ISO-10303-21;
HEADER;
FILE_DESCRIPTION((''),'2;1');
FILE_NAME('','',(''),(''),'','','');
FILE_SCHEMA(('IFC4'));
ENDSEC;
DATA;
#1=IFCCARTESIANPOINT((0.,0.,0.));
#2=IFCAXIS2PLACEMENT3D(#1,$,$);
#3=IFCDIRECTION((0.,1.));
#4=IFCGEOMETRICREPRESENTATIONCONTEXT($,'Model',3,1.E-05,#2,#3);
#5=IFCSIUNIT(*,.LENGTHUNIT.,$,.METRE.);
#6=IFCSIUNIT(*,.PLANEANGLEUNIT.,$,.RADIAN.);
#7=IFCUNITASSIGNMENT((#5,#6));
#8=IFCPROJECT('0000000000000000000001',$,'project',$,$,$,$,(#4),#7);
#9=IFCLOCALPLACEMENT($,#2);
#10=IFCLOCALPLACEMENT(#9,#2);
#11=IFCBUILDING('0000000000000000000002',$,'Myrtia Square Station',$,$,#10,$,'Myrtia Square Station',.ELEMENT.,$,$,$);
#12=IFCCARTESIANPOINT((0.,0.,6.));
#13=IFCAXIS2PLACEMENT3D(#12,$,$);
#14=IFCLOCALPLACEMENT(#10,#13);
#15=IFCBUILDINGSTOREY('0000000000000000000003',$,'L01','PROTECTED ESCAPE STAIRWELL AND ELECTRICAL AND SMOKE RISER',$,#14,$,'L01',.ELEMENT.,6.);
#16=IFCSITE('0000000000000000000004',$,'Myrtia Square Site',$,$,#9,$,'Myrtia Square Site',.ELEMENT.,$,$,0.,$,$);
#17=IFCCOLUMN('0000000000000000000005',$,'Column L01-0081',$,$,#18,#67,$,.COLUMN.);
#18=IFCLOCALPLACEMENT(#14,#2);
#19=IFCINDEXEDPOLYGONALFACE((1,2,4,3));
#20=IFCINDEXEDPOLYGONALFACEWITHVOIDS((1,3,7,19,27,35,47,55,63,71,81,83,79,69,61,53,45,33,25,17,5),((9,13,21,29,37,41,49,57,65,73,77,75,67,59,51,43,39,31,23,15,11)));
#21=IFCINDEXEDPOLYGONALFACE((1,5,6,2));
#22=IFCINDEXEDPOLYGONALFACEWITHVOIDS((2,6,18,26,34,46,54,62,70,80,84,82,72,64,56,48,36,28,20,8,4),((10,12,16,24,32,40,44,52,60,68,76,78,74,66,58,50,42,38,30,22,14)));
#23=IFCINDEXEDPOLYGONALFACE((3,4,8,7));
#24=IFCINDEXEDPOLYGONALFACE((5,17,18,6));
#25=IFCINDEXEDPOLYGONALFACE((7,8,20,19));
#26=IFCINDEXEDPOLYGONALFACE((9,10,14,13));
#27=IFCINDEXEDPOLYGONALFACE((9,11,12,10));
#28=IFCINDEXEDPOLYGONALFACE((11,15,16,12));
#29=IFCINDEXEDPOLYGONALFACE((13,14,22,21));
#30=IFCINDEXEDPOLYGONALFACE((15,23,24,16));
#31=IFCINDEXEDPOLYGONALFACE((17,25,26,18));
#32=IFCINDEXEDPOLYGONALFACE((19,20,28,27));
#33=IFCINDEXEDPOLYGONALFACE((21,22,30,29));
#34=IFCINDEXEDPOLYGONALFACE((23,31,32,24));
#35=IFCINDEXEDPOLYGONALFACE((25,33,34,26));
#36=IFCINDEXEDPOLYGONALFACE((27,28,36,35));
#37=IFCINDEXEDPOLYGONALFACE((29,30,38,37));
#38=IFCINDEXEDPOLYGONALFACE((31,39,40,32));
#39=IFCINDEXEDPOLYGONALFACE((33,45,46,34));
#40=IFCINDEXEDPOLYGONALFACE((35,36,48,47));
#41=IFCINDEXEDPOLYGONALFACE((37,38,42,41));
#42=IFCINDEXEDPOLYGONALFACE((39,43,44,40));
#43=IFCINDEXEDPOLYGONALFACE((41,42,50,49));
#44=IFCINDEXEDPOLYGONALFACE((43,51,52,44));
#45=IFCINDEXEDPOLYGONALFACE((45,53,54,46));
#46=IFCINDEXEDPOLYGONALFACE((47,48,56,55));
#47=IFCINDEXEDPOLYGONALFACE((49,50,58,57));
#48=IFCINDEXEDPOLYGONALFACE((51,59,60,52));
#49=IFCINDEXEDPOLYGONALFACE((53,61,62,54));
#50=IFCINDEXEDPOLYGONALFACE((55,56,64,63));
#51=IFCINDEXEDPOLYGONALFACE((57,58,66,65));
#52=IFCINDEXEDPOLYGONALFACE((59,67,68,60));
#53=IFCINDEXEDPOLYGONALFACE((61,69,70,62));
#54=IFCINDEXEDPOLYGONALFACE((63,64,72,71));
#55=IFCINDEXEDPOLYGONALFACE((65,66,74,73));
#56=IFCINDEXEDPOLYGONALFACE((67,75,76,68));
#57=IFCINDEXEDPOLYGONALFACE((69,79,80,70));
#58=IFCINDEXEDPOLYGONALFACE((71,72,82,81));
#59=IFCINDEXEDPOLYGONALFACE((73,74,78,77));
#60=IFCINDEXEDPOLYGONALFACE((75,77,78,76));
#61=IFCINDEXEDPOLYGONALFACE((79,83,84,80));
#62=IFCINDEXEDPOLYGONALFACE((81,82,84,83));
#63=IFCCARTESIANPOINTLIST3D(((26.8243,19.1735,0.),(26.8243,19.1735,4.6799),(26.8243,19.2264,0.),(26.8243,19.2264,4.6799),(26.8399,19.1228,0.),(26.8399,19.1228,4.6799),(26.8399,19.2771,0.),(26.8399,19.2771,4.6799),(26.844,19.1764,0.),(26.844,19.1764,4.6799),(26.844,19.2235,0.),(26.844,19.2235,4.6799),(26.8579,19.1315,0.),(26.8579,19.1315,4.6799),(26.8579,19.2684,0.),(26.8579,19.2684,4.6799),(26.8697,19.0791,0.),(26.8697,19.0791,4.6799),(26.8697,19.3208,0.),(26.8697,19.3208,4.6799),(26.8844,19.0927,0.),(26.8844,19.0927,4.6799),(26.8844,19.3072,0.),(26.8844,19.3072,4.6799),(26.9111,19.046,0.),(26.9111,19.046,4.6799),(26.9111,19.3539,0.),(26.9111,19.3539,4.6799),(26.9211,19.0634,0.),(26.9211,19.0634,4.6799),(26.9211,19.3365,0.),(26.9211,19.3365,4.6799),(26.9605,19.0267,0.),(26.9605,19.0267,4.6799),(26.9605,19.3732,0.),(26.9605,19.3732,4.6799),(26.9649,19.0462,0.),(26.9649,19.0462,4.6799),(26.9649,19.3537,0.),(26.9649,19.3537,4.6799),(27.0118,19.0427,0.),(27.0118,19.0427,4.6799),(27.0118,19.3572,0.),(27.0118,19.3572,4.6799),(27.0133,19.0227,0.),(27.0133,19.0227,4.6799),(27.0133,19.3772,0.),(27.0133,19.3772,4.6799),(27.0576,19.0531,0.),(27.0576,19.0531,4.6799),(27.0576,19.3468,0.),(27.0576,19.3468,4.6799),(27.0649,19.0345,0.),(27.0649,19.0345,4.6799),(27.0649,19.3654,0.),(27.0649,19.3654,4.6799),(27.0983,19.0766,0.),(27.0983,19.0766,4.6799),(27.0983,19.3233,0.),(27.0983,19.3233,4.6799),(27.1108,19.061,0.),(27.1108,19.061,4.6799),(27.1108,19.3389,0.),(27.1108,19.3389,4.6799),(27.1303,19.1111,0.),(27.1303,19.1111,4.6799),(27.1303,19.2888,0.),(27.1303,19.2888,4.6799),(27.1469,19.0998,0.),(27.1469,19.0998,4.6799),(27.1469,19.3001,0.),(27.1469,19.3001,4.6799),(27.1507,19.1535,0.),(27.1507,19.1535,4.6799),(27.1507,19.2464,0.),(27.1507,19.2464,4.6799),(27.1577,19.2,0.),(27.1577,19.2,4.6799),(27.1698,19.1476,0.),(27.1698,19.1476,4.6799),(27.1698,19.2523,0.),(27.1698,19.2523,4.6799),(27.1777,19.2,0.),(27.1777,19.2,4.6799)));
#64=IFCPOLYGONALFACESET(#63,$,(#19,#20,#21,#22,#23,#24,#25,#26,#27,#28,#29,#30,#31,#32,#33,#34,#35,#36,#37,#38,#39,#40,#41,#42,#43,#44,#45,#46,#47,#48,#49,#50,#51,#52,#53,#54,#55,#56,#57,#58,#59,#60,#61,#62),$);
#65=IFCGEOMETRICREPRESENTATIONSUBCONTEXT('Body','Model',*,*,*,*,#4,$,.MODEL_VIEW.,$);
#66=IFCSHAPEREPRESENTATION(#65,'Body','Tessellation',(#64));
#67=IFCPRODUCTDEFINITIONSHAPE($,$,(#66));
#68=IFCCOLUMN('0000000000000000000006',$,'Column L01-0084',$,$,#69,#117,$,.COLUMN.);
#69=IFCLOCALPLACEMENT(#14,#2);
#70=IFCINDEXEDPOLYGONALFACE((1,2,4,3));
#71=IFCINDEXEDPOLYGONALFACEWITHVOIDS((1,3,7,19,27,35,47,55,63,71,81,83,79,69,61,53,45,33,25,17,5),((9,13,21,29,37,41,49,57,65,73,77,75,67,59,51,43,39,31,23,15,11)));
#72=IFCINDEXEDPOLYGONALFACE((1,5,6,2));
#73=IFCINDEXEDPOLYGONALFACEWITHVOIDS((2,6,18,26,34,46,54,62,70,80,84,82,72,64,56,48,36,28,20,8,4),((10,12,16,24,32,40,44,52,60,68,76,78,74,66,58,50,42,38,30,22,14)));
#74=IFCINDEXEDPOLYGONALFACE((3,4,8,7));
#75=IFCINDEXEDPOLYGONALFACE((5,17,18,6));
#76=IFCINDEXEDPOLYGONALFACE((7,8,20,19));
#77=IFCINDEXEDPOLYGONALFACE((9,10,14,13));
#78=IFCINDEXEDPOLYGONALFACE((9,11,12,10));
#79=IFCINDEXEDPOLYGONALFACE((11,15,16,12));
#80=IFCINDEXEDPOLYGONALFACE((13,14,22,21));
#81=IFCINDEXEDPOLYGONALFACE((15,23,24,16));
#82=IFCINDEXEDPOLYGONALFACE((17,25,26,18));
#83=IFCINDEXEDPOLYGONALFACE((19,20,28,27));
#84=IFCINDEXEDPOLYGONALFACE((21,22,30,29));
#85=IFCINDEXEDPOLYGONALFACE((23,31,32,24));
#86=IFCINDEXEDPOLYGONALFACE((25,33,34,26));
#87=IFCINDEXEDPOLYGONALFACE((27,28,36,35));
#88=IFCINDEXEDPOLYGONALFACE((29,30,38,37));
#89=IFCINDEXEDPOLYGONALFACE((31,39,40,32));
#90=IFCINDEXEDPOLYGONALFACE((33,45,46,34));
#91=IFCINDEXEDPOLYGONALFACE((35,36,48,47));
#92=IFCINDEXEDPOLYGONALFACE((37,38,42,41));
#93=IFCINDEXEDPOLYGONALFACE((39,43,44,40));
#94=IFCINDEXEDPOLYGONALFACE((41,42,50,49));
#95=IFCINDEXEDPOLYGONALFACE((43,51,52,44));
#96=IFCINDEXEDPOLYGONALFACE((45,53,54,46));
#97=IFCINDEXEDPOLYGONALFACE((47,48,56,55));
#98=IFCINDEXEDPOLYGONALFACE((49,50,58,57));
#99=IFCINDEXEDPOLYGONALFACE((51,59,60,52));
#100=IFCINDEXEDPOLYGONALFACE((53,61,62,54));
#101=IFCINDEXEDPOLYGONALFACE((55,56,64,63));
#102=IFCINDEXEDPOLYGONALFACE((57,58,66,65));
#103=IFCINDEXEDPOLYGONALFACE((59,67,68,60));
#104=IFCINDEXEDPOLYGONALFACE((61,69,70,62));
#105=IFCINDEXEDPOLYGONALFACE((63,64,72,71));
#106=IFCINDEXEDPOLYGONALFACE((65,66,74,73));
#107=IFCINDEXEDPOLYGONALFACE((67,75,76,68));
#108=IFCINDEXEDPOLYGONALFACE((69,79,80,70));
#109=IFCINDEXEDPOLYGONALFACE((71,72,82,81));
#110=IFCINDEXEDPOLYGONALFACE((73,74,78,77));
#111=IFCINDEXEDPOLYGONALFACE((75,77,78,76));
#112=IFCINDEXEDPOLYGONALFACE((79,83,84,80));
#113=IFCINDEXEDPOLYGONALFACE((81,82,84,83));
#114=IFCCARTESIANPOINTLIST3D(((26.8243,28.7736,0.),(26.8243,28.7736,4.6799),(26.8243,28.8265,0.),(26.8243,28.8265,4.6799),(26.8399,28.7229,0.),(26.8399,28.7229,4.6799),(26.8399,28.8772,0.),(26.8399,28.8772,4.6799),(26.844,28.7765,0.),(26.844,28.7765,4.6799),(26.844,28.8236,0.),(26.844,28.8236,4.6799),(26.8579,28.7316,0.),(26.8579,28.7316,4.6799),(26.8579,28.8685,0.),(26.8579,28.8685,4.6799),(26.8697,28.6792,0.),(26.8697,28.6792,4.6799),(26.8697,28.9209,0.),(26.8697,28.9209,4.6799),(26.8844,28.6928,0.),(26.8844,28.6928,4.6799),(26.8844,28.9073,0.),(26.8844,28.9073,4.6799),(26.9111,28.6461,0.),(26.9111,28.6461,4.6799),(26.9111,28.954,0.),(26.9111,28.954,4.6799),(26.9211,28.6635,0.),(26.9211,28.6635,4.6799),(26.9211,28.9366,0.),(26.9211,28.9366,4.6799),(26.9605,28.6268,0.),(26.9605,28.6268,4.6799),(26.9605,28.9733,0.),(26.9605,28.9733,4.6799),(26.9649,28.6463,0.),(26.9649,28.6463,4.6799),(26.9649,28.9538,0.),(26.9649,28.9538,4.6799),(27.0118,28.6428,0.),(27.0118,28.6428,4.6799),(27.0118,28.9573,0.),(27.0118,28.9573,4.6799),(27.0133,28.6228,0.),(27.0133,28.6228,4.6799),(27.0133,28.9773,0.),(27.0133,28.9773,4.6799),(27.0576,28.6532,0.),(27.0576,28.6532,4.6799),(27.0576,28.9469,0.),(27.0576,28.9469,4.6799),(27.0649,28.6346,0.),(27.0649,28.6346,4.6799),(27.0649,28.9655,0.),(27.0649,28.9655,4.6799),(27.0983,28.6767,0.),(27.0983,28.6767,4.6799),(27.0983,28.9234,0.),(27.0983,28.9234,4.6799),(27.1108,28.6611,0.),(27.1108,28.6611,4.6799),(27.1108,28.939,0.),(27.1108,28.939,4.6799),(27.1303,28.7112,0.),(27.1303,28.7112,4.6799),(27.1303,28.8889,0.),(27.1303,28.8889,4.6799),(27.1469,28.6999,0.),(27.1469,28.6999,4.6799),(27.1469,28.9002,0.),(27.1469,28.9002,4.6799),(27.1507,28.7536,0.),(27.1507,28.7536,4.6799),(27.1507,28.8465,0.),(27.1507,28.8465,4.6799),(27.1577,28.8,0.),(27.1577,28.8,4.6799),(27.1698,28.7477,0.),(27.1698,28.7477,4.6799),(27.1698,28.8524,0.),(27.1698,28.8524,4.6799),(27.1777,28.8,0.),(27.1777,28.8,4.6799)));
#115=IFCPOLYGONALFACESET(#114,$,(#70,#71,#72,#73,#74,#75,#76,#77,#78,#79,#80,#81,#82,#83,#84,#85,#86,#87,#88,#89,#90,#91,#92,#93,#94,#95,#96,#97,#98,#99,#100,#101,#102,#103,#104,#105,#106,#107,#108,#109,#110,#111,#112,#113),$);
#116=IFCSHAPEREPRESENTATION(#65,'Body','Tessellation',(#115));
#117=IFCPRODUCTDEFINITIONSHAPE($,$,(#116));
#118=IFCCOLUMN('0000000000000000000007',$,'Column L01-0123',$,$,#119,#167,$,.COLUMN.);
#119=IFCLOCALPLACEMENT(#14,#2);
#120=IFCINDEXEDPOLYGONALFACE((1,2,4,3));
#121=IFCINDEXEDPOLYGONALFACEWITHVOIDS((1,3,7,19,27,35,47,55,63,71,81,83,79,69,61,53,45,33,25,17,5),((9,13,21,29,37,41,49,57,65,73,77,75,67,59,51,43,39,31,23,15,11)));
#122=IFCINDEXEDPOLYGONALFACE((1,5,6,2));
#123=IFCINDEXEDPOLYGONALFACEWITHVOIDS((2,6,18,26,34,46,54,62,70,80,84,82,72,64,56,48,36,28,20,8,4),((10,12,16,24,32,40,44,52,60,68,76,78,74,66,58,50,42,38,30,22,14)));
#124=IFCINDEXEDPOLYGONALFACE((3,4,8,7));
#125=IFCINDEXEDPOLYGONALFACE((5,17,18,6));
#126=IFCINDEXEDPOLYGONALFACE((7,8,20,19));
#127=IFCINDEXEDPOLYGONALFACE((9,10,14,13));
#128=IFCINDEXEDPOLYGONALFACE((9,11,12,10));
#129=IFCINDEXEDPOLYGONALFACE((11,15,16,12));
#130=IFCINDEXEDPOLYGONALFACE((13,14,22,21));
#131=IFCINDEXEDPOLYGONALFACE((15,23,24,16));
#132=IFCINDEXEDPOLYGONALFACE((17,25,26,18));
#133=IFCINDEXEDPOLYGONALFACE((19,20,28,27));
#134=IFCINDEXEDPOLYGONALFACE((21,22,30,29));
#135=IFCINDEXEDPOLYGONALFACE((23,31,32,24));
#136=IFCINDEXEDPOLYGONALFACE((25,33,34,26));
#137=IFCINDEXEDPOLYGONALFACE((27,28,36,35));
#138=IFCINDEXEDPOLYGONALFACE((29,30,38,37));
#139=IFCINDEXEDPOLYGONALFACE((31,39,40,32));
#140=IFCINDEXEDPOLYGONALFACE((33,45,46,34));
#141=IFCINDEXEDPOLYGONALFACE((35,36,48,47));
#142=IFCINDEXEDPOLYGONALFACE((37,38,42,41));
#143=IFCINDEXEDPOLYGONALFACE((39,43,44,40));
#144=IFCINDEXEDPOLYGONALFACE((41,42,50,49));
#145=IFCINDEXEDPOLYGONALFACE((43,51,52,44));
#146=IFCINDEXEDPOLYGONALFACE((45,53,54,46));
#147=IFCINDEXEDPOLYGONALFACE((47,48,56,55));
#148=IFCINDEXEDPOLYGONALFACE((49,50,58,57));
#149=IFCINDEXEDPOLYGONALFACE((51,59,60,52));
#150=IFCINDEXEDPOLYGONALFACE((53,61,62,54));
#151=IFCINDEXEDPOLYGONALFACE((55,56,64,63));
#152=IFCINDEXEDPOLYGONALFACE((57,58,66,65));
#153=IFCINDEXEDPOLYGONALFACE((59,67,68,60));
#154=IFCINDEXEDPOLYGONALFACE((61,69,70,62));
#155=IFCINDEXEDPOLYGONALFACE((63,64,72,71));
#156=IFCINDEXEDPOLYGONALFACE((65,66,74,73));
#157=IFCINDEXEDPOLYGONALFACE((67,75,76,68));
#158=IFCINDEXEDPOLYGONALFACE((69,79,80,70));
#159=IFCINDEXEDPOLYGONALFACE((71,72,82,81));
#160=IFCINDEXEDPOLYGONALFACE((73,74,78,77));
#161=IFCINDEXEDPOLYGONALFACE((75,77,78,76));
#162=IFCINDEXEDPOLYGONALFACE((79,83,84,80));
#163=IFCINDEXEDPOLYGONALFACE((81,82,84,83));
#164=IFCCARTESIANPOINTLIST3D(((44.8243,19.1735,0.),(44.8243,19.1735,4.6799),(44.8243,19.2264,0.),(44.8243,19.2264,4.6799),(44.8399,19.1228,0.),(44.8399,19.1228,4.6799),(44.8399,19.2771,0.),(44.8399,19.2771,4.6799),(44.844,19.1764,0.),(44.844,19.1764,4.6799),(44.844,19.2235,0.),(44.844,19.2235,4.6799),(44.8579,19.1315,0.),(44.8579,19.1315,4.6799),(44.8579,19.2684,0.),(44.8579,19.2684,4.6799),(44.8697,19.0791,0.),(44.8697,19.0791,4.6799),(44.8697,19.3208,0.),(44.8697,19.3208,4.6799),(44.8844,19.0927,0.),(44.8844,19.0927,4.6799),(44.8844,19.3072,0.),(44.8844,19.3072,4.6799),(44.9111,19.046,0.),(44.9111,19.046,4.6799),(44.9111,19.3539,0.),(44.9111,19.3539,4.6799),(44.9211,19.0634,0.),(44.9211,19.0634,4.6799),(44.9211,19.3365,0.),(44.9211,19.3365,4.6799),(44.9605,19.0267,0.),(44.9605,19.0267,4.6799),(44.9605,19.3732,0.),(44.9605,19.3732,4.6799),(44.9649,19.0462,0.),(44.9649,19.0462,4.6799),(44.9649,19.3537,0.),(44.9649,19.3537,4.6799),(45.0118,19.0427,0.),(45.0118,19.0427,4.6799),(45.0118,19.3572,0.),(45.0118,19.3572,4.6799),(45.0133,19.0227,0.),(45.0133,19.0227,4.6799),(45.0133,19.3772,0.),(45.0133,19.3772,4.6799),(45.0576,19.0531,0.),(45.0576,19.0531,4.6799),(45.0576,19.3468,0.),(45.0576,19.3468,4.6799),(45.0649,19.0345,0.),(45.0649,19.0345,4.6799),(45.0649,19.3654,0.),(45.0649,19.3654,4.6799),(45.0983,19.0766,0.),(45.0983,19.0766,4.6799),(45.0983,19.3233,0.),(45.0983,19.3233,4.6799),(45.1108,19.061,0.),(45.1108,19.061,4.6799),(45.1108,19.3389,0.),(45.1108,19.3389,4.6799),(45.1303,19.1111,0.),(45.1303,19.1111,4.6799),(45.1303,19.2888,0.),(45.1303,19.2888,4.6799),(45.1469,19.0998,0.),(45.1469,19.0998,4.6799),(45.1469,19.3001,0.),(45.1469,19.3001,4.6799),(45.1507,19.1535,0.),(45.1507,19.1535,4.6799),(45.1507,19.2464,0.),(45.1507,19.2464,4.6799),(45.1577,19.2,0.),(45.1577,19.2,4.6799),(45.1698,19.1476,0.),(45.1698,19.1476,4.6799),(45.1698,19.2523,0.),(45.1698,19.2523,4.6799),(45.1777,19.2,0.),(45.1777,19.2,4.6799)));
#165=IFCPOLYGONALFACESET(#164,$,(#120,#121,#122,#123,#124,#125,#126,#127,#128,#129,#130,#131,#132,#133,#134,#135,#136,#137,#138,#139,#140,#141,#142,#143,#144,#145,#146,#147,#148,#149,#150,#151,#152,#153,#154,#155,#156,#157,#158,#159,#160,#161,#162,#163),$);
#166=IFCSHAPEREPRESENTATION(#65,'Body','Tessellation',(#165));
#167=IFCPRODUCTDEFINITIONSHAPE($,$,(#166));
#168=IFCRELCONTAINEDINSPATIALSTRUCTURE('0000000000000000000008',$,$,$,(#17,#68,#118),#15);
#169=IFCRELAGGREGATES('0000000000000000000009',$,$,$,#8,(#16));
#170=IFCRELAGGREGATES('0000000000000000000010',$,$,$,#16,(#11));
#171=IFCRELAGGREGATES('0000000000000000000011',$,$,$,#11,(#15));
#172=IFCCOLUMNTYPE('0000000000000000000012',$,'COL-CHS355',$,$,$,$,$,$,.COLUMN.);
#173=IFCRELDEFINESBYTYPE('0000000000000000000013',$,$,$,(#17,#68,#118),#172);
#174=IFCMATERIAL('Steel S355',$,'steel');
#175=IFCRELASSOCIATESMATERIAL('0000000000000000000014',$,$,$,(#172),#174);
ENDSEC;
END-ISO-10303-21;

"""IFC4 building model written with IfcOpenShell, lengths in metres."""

from ifc_helpers import new_model, si_unit, direction, frame, origin, origin_2d, place, context, subcontext, project, spatial, hollow_circle, extrude, material, material_profile, profile_set, type_object, element, save


model = new_model("IFC4")

# Units and contexts
model_context = context("Model", 3, precision=1e-05, world=origin(), true_north=direction((0.0, 1.0)))
body_context = subcontext(model_context, "Body", "Model", "MODEL_VIEW")
ifc_project = project(units=[si_unit("LENGTHUNIT", "METRE"), si_unit("PLANEANGLEUNIT", "RADIAN")], contexts=[model_context])

# Site, building, storey
site_placement = place(None, origin())
site = spatial("IfcSite", under=ifc_project, at=site_placement, Name="Myrtia Square Site", LongName="Myrtia Square Site", CompositionType="ELEMENT", RefElevation=0.0)
building_placement = place(site_placement, origin())
building = spatial("IfcBuilding", under=site, at=building_placement, Name="Myrtia Square Station", LongName="Myrtia Square Station", CompositionType="ELEMENT")
storey_placement = place(building_placement, frame((0.0, 0.0, 6.0)))
storey = spatial("IfcBuildingStorey", under=building, at=storey_placement, Name="L01", Description="PROTECTED ESCAPE STAIRWELL AND ELECTRICAL AND SMOKE RISER", LongName="L01", CompositionType="ELEMENT", Elevation=6.0)

# Columns
ifc_material = material(Name="Steel S355", Category="steel")
ifc_material_profile_1 = material_profile(ifc_material, hollow_circle(Radius=0.1777, WallThickness=0.02, at=origin_2d()), Name="CHS 355.6x20")
ifc_profile_set_1 = profile_set([ifc_material_profile_1], Name="Steel S355")
column_type = type_object("IfcColumnType", Name="COL-CHS355", PredefinedType="COLUMN", material=ifc_profile_set_1)
for number, where, z_axis, x_axis, name in (
    (1, (27.0, 19.2, 0.0), (0.0, 0.0, 1.0), (1.0, 0.0, 0.0), "Column L01-0081"),
    (2, (27.0, 28.8, 0.0), (0.0, 0.0, 1.0), (1.0, 0.0, 0.0), "Column L01-0084"),
    (3, (45.0, 19.2, 0.0), (0.0, 0.0, 1.0), (1.0, 0.0, 0.0), "Column L01-0123"),
):
    element("IfcColumn", number, at=place(storey_placement, frame(where, z_axis=z_axis, x_axis=x_axis)), inside=storey, type_object=column_type, Name=name, PredefinedType="COLUMN", context=body_context, shape_type="SweptSolid", body=[
        extrude(hollow_circle(Radius=0.1777, WallThickness=0.02, at=origin_2d()), origin(), (0.0, 0.0, 1.0), 4.6799),
    ])

save(model, "model.ifc")
